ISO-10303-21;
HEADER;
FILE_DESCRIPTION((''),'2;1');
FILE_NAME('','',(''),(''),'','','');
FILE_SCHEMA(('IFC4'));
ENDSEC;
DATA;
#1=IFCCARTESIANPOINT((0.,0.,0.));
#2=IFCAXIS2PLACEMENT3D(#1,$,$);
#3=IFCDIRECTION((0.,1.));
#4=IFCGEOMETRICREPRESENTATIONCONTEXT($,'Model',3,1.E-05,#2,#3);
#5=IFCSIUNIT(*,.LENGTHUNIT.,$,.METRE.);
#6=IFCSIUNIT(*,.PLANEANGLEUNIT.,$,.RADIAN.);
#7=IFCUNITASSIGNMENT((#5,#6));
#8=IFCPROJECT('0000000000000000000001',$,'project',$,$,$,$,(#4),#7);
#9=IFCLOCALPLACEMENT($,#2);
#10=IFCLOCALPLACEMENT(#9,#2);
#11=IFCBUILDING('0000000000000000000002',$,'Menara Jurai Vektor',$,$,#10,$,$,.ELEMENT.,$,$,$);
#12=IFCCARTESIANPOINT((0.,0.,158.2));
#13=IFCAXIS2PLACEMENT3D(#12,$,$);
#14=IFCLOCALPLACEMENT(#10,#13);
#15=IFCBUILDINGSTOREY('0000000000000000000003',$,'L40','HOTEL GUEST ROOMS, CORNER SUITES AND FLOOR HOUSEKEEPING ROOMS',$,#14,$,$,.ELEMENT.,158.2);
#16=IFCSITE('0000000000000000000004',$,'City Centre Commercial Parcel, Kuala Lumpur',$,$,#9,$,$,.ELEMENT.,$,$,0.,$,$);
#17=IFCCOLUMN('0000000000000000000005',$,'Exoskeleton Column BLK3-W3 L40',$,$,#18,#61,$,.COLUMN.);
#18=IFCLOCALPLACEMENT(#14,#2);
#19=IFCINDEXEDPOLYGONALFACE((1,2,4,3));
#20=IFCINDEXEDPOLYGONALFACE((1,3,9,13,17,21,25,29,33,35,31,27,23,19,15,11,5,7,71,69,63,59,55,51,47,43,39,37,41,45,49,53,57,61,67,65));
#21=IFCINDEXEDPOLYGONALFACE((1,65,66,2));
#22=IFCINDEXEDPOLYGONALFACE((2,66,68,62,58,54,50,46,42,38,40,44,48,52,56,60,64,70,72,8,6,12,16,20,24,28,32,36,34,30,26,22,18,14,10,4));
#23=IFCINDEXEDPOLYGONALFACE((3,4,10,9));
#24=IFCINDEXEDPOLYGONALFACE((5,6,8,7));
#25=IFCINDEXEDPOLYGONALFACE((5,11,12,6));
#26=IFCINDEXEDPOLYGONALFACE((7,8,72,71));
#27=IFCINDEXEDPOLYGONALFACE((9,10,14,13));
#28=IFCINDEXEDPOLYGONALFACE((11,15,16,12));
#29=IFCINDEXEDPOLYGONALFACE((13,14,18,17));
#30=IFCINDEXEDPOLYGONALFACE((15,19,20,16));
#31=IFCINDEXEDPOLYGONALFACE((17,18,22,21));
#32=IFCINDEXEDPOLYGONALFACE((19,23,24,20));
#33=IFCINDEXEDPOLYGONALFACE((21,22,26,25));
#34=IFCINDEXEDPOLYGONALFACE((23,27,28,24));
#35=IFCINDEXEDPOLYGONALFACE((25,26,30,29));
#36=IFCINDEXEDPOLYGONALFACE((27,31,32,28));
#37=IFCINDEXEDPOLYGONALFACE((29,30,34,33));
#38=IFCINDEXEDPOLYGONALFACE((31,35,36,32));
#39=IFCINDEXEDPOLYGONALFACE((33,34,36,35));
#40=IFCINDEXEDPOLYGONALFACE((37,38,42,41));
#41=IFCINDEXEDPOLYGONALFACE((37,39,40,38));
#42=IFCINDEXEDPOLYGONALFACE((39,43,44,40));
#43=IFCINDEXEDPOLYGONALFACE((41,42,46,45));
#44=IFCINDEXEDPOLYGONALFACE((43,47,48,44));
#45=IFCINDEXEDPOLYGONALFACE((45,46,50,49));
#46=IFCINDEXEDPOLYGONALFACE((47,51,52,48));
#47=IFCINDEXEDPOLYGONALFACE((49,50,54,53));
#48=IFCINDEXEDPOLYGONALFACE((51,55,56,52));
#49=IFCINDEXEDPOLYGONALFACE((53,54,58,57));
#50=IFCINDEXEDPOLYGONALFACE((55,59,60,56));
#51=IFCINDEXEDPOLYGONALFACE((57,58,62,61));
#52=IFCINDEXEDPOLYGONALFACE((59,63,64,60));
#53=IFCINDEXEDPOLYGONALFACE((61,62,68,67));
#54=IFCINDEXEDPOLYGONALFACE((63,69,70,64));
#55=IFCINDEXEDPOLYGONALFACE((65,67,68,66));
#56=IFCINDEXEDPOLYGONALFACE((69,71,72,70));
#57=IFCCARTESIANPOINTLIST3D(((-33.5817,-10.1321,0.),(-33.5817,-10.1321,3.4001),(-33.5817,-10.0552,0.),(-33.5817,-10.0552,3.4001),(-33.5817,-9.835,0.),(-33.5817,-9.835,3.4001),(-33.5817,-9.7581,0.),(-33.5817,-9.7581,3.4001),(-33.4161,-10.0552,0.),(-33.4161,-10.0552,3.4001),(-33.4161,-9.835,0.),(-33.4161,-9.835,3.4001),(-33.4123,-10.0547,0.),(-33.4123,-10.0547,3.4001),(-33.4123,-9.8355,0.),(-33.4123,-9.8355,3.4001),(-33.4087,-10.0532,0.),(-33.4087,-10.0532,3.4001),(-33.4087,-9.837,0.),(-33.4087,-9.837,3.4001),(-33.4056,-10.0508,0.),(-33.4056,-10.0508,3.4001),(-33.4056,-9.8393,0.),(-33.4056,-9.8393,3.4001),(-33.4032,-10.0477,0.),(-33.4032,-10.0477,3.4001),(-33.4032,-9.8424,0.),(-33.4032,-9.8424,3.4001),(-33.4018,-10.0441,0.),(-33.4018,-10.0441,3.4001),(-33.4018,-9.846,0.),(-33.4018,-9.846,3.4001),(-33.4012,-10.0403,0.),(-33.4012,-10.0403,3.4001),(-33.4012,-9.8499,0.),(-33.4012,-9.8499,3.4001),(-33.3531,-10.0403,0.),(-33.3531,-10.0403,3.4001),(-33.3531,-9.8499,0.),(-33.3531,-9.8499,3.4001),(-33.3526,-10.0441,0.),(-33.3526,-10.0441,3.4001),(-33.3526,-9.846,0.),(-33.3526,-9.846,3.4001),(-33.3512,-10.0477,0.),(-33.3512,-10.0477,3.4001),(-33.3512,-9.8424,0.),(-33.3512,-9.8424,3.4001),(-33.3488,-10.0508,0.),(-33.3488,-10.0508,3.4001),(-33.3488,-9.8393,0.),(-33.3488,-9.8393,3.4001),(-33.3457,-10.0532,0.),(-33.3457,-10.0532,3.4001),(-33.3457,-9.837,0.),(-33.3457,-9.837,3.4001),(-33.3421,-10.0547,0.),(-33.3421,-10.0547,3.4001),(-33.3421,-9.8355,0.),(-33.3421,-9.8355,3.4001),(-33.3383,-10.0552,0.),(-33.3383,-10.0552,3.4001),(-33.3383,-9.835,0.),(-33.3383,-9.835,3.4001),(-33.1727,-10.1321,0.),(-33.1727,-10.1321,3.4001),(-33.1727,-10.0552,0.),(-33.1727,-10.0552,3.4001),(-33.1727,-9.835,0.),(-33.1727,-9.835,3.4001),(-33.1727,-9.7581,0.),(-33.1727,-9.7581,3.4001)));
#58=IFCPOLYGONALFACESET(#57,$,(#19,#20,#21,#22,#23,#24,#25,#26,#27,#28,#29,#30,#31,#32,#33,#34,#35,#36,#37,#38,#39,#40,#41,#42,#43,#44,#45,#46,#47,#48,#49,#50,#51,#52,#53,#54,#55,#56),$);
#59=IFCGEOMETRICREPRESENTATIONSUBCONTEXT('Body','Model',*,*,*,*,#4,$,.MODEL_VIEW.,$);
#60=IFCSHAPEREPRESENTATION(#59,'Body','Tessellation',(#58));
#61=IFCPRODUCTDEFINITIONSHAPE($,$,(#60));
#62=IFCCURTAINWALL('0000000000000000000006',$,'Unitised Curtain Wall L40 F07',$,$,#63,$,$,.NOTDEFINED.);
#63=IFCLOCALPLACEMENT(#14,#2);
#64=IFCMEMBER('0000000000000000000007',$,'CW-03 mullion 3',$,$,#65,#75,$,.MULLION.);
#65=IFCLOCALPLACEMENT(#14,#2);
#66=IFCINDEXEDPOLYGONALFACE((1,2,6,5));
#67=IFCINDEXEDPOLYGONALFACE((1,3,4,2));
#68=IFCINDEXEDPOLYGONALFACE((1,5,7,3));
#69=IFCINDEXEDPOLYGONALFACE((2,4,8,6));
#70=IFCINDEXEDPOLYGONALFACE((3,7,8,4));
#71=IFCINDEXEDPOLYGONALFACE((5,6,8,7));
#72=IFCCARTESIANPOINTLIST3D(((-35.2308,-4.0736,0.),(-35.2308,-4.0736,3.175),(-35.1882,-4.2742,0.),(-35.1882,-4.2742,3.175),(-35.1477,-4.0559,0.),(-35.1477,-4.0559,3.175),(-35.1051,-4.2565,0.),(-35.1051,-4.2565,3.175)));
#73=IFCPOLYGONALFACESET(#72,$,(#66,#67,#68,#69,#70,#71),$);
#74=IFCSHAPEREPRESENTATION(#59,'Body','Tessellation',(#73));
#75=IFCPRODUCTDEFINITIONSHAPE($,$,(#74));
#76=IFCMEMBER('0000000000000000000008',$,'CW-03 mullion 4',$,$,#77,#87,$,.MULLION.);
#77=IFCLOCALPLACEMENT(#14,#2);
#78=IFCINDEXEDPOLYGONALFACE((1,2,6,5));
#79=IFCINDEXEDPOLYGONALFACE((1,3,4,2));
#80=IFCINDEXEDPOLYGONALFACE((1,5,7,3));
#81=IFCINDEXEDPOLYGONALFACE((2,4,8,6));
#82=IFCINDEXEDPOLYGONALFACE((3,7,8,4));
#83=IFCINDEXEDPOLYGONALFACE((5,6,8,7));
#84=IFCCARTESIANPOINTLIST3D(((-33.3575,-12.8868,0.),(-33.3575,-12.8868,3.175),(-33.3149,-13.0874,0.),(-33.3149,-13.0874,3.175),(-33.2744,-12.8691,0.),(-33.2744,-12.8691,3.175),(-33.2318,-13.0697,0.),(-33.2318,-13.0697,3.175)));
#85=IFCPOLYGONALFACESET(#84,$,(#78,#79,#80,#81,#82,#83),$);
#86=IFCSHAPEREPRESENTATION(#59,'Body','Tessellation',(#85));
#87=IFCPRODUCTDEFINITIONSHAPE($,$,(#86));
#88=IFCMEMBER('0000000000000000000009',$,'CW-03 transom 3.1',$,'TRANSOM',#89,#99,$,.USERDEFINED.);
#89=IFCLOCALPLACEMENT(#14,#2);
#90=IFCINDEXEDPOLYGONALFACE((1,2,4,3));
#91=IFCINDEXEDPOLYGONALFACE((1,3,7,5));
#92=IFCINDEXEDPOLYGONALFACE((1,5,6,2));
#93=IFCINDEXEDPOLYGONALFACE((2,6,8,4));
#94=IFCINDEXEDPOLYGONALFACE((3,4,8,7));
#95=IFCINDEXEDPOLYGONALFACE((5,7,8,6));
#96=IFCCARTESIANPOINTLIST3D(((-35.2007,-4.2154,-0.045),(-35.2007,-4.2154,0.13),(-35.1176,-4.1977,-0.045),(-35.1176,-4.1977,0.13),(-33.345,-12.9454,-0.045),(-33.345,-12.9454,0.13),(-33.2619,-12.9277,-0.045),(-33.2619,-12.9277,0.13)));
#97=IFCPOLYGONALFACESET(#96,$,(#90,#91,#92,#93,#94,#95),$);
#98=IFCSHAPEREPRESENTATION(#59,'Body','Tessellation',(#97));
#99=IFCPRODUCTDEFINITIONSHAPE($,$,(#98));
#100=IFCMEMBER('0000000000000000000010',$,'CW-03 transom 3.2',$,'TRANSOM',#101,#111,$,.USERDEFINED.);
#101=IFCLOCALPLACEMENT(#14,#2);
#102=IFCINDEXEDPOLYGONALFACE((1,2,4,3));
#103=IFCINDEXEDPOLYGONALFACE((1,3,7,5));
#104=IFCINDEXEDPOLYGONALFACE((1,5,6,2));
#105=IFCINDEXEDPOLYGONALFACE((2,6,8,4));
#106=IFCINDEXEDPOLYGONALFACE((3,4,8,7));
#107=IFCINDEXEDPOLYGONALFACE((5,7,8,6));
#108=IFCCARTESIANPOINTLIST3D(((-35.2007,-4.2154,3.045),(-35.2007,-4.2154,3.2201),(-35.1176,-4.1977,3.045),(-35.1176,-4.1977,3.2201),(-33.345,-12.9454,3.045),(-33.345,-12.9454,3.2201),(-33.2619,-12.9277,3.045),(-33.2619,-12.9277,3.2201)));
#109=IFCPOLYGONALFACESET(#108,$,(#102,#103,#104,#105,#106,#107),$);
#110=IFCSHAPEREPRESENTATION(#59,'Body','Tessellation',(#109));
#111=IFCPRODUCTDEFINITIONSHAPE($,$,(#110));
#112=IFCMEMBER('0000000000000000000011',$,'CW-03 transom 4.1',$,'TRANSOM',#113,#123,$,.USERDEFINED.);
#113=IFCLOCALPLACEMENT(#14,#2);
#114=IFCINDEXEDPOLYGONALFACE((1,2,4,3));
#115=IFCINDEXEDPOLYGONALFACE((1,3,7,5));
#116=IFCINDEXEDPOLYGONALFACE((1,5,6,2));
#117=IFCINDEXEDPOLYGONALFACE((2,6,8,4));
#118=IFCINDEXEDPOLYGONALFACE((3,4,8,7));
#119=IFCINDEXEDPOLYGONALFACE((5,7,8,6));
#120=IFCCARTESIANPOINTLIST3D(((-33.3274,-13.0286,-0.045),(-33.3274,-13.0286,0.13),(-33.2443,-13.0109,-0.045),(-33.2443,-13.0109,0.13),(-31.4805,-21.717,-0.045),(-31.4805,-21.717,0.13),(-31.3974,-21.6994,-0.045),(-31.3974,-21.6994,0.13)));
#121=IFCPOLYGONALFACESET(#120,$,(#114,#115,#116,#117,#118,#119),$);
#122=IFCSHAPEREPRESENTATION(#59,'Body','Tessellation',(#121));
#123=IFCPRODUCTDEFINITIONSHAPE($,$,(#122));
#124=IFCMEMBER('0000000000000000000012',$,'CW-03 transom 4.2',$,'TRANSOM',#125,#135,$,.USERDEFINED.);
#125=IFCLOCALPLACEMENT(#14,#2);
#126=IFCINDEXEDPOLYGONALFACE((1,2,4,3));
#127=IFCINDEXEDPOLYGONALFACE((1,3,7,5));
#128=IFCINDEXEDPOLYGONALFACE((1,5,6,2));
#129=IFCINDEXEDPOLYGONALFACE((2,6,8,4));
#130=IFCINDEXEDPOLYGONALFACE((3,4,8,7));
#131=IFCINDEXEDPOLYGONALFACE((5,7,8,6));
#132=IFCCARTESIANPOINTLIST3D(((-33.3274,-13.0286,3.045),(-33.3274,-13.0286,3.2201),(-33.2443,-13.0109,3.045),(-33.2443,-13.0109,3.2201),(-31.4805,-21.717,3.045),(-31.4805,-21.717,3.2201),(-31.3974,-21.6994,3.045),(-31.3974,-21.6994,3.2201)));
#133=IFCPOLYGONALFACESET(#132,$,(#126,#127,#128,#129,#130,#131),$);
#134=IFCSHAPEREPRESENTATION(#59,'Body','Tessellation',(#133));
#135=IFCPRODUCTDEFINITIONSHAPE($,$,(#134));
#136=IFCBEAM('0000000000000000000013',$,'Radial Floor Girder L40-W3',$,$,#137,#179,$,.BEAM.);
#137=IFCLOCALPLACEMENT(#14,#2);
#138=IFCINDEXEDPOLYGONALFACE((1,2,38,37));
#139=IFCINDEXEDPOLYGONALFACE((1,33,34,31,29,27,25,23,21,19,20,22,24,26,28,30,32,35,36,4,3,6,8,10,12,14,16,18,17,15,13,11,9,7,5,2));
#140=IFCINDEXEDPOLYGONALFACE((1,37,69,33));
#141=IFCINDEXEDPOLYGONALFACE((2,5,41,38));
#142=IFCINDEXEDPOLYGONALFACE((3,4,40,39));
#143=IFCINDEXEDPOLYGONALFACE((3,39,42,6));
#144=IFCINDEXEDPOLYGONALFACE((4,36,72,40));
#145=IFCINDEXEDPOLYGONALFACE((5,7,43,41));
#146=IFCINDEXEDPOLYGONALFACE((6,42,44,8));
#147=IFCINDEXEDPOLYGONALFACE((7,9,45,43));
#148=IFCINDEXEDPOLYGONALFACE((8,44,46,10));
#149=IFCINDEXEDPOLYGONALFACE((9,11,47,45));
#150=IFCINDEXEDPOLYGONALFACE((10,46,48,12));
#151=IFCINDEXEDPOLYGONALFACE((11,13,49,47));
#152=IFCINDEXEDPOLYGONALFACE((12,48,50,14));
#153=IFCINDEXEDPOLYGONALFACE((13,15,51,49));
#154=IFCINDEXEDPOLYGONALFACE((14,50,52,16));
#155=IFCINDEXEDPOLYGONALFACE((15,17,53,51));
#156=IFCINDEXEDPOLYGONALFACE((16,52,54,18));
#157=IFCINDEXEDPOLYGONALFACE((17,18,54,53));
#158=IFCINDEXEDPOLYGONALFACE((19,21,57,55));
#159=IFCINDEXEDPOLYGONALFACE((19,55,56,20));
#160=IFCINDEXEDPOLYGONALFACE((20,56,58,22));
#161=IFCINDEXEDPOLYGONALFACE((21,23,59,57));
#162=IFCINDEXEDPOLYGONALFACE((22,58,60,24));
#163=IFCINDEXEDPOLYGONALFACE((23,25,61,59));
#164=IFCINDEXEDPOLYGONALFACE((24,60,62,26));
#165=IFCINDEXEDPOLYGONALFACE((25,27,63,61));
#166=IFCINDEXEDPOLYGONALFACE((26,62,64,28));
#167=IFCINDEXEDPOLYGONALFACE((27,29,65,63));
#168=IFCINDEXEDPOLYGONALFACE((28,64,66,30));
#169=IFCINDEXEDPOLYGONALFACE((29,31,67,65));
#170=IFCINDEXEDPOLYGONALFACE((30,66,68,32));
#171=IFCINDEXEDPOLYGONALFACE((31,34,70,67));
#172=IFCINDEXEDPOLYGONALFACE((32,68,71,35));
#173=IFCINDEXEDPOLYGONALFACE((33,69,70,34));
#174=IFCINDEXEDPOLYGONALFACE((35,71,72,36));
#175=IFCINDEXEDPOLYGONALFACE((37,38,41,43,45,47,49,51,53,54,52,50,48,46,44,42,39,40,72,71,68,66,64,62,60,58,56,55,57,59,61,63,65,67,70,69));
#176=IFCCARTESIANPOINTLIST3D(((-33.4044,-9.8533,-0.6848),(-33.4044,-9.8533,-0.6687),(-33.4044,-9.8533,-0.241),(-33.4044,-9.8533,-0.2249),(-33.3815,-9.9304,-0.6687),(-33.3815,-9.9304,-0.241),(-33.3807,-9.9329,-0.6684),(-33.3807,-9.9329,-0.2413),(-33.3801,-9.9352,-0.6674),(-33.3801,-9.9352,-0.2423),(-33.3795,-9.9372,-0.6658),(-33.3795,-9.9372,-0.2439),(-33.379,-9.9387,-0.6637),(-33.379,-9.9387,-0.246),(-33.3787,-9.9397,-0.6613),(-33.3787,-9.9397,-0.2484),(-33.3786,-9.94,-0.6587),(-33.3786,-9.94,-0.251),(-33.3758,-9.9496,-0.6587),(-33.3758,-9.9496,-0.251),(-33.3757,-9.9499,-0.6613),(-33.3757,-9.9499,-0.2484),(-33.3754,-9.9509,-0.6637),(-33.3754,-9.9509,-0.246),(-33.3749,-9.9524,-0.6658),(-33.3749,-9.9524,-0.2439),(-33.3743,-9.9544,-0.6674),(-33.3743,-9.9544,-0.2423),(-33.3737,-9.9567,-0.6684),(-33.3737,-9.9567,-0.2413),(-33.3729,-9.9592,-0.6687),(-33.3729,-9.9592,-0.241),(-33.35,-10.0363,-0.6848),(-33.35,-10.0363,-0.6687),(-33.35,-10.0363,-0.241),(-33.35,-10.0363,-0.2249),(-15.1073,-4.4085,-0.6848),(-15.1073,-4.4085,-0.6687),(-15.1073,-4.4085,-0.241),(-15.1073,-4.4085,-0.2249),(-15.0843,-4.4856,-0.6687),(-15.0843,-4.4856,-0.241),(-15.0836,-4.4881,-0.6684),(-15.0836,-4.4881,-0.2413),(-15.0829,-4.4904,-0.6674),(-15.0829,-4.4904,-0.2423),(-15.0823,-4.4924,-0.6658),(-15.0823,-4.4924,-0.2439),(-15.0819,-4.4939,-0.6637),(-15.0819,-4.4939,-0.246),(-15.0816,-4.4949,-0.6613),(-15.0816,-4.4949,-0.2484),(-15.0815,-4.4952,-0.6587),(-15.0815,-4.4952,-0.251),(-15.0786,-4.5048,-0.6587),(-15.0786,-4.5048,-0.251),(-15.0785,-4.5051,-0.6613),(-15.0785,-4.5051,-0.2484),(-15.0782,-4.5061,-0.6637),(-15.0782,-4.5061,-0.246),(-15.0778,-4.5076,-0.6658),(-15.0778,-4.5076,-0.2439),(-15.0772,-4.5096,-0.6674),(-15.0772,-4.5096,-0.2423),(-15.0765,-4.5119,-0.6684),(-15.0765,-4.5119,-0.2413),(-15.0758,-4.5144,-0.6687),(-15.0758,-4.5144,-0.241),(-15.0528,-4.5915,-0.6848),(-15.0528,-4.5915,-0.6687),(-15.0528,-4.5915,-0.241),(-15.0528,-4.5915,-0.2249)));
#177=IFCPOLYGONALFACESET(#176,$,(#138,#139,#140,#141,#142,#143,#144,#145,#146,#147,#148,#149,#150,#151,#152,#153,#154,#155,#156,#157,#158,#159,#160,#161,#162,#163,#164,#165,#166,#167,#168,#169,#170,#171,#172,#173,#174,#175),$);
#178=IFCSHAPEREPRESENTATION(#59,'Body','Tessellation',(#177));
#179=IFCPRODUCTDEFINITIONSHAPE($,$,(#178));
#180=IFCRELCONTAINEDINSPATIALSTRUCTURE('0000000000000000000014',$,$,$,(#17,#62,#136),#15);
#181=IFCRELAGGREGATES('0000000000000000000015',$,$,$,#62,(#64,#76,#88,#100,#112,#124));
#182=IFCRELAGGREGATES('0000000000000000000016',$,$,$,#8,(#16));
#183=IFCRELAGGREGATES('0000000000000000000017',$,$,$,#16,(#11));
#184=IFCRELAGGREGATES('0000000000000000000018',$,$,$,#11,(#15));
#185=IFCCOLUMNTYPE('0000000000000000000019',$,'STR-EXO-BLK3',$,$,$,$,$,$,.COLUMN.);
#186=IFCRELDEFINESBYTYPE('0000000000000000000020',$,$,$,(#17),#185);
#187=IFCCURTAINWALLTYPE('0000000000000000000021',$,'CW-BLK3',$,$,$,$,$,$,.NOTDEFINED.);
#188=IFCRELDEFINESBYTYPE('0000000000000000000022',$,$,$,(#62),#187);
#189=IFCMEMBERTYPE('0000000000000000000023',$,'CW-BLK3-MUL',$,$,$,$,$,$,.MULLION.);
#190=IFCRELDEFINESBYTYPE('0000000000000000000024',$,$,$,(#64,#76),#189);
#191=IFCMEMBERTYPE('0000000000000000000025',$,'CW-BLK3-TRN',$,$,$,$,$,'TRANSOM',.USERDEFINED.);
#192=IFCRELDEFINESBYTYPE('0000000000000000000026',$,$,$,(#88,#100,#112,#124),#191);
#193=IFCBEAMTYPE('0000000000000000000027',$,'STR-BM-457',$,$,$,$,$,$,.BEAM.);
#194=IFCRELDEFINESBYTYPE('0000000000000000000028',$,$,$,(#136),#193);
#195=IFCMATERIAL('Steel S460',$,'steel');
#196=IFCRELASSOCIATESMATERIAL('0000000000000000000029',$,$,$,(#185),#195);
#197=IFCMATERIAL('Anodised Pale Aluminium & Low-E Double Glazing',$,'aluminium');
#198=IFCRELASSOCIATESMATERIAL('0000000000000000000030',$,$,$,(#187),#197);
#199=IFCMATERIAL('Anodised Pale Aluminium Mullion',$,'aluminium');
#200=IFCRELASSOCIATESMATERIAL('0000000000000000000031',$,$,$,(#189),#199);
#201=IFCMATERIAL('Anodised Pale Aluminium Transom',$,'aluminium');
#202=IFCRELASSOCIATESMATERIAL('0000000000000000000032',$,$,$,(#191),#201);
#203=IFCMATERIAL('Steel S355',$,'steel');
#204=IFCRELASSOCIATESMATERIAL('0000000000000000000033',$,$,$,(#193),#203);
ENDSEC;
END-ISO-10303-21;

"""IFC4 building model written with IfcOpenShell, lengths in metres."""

from ifc_helpers import new_model, si_unit, direction, frame, origin, origin_2d, place, context, subcontext, project, spatial, rectangle, i_section, extrude, material, material_profile, profile_set, type_object, element, aggregate, save


model = new_model("IFC4")

# Units and contexts
model_context = context("Model", 3, precision=1e-05, world=origin(), true_north=direction((0.0, 1.0)))
body_context = subcontext(model_context, "Body", "Model", "MODEL_VIEW")
ifc_project = project(units=[si_unit("LENGTHUNIT", "METRE"), si_unit("PLANEANGLEUNIT", "RADIAN")], contexts=[model_context])

# Site, building, storey
site_placement = place(None, origin())
site = spatial("IfcSite", under=ifc_project, at=site_placement, Name="City Centre Commercial Parcel, Kuala Lumpur", CompositionType="ELEMENT", RefElevation=0.0)
building_placement = place(site_placement, origin())
building = spatial("IfcBuilding", under=site, at=building_placement, Name="Menara Jurai Vektor", CompositionType="ELEMENT")
storey_placement = place(building_placement, frame((0.0, 0.0, 158.2)))
storey = spatial("IfcBuildingStorey", under=building, at=storey_placement, Name="L40", Description="HOTEL GUEST ROOMS, CORNER SUITES AND FLOOR HOUSEKEEPING ROOMS", CompositionType="ELEMENT", Elevation=158.2)

# Column
ifc_material_1 = material(Name="Steel S460", Category="steel")
ifc_material_profile_1 = material_profile(ifc_material_1, i_section(OverallWidth=0.4089, OverallDepth=0.374, WebThickness=0.0481, FlangeThickness=0.0769, FilletRadius=0.0149, at=origin_2d()), Name="HD 400x634")
ifc_profile_set_1 = profile_set([ifc_material_profile_1], Name="Steel S460")
column_type = type_object("IfcColumnType", Name="STR-EXO-BLK3", PredefinedType="COLUMN", material=ifc_profile_set_1)
column_placement = place(storey_placement, frame((-33.3772, -9.9451, 0.0), z_axis=(0.0, 0.0, 1.0), x_axis=(1.0, 0.0, 0.0)))
element("IfcColumn", 1, at=column_placement, inside=storey, type_object=column_type, Name="Exoskeleton Column BLK3-W3 L40", PredefinedType="COLUMN", context=body_context, shape_type="SweptSolid", body=[
    extrude(i_section(OverallWidth=0.4089, OverallDepth=0.374, WebThickness=0.0481, FlangeThickness=0.0769, FilletRadius=0.0149, at=origin_2d()), origin(), (0.0, 0.0, 1.0), 3.4001),
])

# Curtain wall, members
ifc_material_2 = material(Name="Anodised Pale Aluminium & Low-E Double Glazing", Category="aluminium")
curtain_wall_type = type_object("IfcCurtainWallType", Name="CW-BLK3", PredefinedType="NOTDEFINED", material=ifc_material_2)
curtain_wall_placement = place(storey_placement, origin())
curtain_wall = element("IfcCurtainWall", 2, at=curtain_wall_placement, inside=storey, type_object=curtain_wall_type, Name="Unitised Curtain Wall L40 F07", PredefinedType="NOTDEFINED")
ifc_material_3 = material(Name="Anodised Pale Aluminium Mullion", Category="aluminium")
ifc_material_profile_2 = material_profile(ifc_material_3, rectangle(XDim=0.085, YDim=0.2051, at=origin_2d()), Name="ALU MUL 85x205")
ifc_profile_set_2 = profile_set([ifc_material_profile_2], Name="Anodised Pale Aluminium Mullion")
member_type_1 = type_object("IfcMemberType", Name="CW-BLK3-MUL", PredefinedType="MULLION", material=ifc_profile_set_2)
member_1_placement = place(storey_placement, frame((-35.168, -4.165, 0.0), z_axis=(0.0, 0.0, 1.0), x_axis=(0.978148, 0.20791, 0.0)))
member_1 = element("IfcMember", 3, at=member_1_placement, type_object=member_type_1, Name="CW-03 mullion 3", PredefinedType="MULLION", context=body_context, shape_type="SweptSolid", body=[
    extrude(rectangle(XDim=0.085, YDim=0.2051, at=origin_2d()), origin(), (0.0, 0.0, 1.0), 3.175),
])
member_2_placement = place(storey_placement, frame((-33.2947, -12.9783, 0.0), z_axis=(0.0, 0.0, 1.0), x_axis=(0.978148, 0.20791, 0.0)))
member_2 = element("IfcMember", 4, at=member_2_placement, type_object=member_type_1, Name="CW-03 mullion 4", PredefinedType="MULLION", context=body_context, shape_type="SweptSolid", body=[
    extrude(rectangle(XDim=0.085, YDim=0.2051, at=origin_2d()), origin(), (0.0, 0.0, 1.0), 3.175),
])
ifc_material_4 = material(Name="Anodised Pale Aluminium Transom", Category="aluminium")
ifc_material_profile_3 = material_profile(ifc_material_4, rectangle(XDim=0.085, YDim=0.175, at=origin_2d()), Name="ALU TRN 85x175")
ifc_profile_set_3 = profile_set([ifc_material_profile_3], Name="Anodised Pale Aluminium Transom")
member_type_2 = type_object("IfcMemberType", Name="CW-BLK3-TRN", ElementType="TRANSOM", PredefinedType="USERDEFINED", material=ifc_profile_set_3)
member_3_placement = place(storey_placement, frame((-35.1592, -4.2065, 0.0425), z_axis=(0.207922, -0.978145, 0.0), x_axis=(0.978145, 0.207922, 0.0)))
member_3 = element("IfcMember", 5, at=member_3_placement, type_object=member_type_2, Name="CW-03 transom 3.1", ObjectType="TRANSOM", PredefinedType="USERDEFINED", context=body_context, shape_type="SweptSolid", body=[
    extrude(rectangle(XDim=0.085, YDim=0.175, at=origin_2d()), origin(), (0.0, 0.0, 1.0), 8.925),
])
member_4_placement = place(storey_placement, frame((-35.1592, -4.2065, 3.1326), z_axis=(0.207922, -0.978145, 0.0), x_axis=(0.978145, 0.207922, 0.0)))
member_4 = element("IfcMember", 6, at=member_4_placement, type_object=member_type_2, Name="CW-03 transom 3.2", ObjectType="TRANSOM", PredefinedType="USERDEFINED", context=body_context, shape_type="SweptSolid", body=[
    extrude(rectangle(XDim=0.085, YDim=0.175, at=origin_2d()), origin(), (0.0, 0.0, 1.0), 8.925),
])
member_5_placement = place(storey_placement, frame((-33.2859, -13.0198, 0.0425), z_axis=(0.207926, -0.978145, 0.0), x_axis=(0.978145, 0.207926, 0.0)))
member_5 = element("IfcMember", 7, at=member_5_placement, type_object=member_type_2, Name="CW-03 transom 4.1", ObjectType="TRANSOM", PredefinedType="USERDEFINED", context=body_context, shape_type="SweptSolid", body=[
    extrude(rectangle(XDim=0.085, YDim=0.175, at=origin_2d()), origin(), (0.0, 0.0, 1.0), 8.8826),
])
member_6_placement = place(storey_placement, frame((-33.2859, -13.0198, 3.1326), z_axis=(0.207926, -0.978145, 0.0), x_axis=(0.978145, 0.207926, 0.0)))
member_6 = element("IfcMember", 8, at=member_6_placement, type_object=member_type_2, Name="CW-03 transom 4.2", ObjectType="TRANSOM", PredefinedType="USERDEFINED", context=body_context, shape_type="SweptSolid", body=[
    extrude(rectangle(XDim=0.085, YDim=0.175, at=origin_2d()), origin(), (0.0, 0.0, 1.0), 8.8826),
])

# Beam
ifc_material_5 = material(Name="Steel S355", Category="steel")
ifc_material_profile_4 = material_profile(ifc_material_5, i_section(OverallWidth=0.1909, OverallDepth=0.46, WebThickness=0.01, FlangeThickness=0.0161, FilletRadius=0.01, at=origin_2d()), Name="UKB 457x191x82")
ifc_profile_set_4 = profile_set([ifc_material_profile_4], Name="Steel S355")
beam_type_1 = type_object("IfcBeamType", Name="STR-BM-457", PredefinedType="BEAM", material=ifc_profile_set_4)
beam_1_placement = place(storey_placement, frame((-33.3772, -9.9448, -0.4548), z_axis=(0.958463, 0.285218, 0.0), x_axis=(-0.285218, 0.958463, 0.0)))
element("IfcBeam", 9, at=beam_1_placement, inside=storey, type_object=beam_type_1, Name="Radial Floor Girder L40-W3", PredefinedType="BEAM", context=body_context, shape_type="SweptSolid", body=[
    extrude(i_section(OverallWidth=0.1909, OverallDepth=0.46, WebThickness=0.01, FlangeThickness=0.0161, FilletRadius=0.01, at=origin_2d()), origin(), (0.0, 0.0, 1.0), 19.0901),
])

aggregate(curtain_wall, [member_1, member_2, member_3, member_4, member_5, member_6])

save(model, "model.ifc")
